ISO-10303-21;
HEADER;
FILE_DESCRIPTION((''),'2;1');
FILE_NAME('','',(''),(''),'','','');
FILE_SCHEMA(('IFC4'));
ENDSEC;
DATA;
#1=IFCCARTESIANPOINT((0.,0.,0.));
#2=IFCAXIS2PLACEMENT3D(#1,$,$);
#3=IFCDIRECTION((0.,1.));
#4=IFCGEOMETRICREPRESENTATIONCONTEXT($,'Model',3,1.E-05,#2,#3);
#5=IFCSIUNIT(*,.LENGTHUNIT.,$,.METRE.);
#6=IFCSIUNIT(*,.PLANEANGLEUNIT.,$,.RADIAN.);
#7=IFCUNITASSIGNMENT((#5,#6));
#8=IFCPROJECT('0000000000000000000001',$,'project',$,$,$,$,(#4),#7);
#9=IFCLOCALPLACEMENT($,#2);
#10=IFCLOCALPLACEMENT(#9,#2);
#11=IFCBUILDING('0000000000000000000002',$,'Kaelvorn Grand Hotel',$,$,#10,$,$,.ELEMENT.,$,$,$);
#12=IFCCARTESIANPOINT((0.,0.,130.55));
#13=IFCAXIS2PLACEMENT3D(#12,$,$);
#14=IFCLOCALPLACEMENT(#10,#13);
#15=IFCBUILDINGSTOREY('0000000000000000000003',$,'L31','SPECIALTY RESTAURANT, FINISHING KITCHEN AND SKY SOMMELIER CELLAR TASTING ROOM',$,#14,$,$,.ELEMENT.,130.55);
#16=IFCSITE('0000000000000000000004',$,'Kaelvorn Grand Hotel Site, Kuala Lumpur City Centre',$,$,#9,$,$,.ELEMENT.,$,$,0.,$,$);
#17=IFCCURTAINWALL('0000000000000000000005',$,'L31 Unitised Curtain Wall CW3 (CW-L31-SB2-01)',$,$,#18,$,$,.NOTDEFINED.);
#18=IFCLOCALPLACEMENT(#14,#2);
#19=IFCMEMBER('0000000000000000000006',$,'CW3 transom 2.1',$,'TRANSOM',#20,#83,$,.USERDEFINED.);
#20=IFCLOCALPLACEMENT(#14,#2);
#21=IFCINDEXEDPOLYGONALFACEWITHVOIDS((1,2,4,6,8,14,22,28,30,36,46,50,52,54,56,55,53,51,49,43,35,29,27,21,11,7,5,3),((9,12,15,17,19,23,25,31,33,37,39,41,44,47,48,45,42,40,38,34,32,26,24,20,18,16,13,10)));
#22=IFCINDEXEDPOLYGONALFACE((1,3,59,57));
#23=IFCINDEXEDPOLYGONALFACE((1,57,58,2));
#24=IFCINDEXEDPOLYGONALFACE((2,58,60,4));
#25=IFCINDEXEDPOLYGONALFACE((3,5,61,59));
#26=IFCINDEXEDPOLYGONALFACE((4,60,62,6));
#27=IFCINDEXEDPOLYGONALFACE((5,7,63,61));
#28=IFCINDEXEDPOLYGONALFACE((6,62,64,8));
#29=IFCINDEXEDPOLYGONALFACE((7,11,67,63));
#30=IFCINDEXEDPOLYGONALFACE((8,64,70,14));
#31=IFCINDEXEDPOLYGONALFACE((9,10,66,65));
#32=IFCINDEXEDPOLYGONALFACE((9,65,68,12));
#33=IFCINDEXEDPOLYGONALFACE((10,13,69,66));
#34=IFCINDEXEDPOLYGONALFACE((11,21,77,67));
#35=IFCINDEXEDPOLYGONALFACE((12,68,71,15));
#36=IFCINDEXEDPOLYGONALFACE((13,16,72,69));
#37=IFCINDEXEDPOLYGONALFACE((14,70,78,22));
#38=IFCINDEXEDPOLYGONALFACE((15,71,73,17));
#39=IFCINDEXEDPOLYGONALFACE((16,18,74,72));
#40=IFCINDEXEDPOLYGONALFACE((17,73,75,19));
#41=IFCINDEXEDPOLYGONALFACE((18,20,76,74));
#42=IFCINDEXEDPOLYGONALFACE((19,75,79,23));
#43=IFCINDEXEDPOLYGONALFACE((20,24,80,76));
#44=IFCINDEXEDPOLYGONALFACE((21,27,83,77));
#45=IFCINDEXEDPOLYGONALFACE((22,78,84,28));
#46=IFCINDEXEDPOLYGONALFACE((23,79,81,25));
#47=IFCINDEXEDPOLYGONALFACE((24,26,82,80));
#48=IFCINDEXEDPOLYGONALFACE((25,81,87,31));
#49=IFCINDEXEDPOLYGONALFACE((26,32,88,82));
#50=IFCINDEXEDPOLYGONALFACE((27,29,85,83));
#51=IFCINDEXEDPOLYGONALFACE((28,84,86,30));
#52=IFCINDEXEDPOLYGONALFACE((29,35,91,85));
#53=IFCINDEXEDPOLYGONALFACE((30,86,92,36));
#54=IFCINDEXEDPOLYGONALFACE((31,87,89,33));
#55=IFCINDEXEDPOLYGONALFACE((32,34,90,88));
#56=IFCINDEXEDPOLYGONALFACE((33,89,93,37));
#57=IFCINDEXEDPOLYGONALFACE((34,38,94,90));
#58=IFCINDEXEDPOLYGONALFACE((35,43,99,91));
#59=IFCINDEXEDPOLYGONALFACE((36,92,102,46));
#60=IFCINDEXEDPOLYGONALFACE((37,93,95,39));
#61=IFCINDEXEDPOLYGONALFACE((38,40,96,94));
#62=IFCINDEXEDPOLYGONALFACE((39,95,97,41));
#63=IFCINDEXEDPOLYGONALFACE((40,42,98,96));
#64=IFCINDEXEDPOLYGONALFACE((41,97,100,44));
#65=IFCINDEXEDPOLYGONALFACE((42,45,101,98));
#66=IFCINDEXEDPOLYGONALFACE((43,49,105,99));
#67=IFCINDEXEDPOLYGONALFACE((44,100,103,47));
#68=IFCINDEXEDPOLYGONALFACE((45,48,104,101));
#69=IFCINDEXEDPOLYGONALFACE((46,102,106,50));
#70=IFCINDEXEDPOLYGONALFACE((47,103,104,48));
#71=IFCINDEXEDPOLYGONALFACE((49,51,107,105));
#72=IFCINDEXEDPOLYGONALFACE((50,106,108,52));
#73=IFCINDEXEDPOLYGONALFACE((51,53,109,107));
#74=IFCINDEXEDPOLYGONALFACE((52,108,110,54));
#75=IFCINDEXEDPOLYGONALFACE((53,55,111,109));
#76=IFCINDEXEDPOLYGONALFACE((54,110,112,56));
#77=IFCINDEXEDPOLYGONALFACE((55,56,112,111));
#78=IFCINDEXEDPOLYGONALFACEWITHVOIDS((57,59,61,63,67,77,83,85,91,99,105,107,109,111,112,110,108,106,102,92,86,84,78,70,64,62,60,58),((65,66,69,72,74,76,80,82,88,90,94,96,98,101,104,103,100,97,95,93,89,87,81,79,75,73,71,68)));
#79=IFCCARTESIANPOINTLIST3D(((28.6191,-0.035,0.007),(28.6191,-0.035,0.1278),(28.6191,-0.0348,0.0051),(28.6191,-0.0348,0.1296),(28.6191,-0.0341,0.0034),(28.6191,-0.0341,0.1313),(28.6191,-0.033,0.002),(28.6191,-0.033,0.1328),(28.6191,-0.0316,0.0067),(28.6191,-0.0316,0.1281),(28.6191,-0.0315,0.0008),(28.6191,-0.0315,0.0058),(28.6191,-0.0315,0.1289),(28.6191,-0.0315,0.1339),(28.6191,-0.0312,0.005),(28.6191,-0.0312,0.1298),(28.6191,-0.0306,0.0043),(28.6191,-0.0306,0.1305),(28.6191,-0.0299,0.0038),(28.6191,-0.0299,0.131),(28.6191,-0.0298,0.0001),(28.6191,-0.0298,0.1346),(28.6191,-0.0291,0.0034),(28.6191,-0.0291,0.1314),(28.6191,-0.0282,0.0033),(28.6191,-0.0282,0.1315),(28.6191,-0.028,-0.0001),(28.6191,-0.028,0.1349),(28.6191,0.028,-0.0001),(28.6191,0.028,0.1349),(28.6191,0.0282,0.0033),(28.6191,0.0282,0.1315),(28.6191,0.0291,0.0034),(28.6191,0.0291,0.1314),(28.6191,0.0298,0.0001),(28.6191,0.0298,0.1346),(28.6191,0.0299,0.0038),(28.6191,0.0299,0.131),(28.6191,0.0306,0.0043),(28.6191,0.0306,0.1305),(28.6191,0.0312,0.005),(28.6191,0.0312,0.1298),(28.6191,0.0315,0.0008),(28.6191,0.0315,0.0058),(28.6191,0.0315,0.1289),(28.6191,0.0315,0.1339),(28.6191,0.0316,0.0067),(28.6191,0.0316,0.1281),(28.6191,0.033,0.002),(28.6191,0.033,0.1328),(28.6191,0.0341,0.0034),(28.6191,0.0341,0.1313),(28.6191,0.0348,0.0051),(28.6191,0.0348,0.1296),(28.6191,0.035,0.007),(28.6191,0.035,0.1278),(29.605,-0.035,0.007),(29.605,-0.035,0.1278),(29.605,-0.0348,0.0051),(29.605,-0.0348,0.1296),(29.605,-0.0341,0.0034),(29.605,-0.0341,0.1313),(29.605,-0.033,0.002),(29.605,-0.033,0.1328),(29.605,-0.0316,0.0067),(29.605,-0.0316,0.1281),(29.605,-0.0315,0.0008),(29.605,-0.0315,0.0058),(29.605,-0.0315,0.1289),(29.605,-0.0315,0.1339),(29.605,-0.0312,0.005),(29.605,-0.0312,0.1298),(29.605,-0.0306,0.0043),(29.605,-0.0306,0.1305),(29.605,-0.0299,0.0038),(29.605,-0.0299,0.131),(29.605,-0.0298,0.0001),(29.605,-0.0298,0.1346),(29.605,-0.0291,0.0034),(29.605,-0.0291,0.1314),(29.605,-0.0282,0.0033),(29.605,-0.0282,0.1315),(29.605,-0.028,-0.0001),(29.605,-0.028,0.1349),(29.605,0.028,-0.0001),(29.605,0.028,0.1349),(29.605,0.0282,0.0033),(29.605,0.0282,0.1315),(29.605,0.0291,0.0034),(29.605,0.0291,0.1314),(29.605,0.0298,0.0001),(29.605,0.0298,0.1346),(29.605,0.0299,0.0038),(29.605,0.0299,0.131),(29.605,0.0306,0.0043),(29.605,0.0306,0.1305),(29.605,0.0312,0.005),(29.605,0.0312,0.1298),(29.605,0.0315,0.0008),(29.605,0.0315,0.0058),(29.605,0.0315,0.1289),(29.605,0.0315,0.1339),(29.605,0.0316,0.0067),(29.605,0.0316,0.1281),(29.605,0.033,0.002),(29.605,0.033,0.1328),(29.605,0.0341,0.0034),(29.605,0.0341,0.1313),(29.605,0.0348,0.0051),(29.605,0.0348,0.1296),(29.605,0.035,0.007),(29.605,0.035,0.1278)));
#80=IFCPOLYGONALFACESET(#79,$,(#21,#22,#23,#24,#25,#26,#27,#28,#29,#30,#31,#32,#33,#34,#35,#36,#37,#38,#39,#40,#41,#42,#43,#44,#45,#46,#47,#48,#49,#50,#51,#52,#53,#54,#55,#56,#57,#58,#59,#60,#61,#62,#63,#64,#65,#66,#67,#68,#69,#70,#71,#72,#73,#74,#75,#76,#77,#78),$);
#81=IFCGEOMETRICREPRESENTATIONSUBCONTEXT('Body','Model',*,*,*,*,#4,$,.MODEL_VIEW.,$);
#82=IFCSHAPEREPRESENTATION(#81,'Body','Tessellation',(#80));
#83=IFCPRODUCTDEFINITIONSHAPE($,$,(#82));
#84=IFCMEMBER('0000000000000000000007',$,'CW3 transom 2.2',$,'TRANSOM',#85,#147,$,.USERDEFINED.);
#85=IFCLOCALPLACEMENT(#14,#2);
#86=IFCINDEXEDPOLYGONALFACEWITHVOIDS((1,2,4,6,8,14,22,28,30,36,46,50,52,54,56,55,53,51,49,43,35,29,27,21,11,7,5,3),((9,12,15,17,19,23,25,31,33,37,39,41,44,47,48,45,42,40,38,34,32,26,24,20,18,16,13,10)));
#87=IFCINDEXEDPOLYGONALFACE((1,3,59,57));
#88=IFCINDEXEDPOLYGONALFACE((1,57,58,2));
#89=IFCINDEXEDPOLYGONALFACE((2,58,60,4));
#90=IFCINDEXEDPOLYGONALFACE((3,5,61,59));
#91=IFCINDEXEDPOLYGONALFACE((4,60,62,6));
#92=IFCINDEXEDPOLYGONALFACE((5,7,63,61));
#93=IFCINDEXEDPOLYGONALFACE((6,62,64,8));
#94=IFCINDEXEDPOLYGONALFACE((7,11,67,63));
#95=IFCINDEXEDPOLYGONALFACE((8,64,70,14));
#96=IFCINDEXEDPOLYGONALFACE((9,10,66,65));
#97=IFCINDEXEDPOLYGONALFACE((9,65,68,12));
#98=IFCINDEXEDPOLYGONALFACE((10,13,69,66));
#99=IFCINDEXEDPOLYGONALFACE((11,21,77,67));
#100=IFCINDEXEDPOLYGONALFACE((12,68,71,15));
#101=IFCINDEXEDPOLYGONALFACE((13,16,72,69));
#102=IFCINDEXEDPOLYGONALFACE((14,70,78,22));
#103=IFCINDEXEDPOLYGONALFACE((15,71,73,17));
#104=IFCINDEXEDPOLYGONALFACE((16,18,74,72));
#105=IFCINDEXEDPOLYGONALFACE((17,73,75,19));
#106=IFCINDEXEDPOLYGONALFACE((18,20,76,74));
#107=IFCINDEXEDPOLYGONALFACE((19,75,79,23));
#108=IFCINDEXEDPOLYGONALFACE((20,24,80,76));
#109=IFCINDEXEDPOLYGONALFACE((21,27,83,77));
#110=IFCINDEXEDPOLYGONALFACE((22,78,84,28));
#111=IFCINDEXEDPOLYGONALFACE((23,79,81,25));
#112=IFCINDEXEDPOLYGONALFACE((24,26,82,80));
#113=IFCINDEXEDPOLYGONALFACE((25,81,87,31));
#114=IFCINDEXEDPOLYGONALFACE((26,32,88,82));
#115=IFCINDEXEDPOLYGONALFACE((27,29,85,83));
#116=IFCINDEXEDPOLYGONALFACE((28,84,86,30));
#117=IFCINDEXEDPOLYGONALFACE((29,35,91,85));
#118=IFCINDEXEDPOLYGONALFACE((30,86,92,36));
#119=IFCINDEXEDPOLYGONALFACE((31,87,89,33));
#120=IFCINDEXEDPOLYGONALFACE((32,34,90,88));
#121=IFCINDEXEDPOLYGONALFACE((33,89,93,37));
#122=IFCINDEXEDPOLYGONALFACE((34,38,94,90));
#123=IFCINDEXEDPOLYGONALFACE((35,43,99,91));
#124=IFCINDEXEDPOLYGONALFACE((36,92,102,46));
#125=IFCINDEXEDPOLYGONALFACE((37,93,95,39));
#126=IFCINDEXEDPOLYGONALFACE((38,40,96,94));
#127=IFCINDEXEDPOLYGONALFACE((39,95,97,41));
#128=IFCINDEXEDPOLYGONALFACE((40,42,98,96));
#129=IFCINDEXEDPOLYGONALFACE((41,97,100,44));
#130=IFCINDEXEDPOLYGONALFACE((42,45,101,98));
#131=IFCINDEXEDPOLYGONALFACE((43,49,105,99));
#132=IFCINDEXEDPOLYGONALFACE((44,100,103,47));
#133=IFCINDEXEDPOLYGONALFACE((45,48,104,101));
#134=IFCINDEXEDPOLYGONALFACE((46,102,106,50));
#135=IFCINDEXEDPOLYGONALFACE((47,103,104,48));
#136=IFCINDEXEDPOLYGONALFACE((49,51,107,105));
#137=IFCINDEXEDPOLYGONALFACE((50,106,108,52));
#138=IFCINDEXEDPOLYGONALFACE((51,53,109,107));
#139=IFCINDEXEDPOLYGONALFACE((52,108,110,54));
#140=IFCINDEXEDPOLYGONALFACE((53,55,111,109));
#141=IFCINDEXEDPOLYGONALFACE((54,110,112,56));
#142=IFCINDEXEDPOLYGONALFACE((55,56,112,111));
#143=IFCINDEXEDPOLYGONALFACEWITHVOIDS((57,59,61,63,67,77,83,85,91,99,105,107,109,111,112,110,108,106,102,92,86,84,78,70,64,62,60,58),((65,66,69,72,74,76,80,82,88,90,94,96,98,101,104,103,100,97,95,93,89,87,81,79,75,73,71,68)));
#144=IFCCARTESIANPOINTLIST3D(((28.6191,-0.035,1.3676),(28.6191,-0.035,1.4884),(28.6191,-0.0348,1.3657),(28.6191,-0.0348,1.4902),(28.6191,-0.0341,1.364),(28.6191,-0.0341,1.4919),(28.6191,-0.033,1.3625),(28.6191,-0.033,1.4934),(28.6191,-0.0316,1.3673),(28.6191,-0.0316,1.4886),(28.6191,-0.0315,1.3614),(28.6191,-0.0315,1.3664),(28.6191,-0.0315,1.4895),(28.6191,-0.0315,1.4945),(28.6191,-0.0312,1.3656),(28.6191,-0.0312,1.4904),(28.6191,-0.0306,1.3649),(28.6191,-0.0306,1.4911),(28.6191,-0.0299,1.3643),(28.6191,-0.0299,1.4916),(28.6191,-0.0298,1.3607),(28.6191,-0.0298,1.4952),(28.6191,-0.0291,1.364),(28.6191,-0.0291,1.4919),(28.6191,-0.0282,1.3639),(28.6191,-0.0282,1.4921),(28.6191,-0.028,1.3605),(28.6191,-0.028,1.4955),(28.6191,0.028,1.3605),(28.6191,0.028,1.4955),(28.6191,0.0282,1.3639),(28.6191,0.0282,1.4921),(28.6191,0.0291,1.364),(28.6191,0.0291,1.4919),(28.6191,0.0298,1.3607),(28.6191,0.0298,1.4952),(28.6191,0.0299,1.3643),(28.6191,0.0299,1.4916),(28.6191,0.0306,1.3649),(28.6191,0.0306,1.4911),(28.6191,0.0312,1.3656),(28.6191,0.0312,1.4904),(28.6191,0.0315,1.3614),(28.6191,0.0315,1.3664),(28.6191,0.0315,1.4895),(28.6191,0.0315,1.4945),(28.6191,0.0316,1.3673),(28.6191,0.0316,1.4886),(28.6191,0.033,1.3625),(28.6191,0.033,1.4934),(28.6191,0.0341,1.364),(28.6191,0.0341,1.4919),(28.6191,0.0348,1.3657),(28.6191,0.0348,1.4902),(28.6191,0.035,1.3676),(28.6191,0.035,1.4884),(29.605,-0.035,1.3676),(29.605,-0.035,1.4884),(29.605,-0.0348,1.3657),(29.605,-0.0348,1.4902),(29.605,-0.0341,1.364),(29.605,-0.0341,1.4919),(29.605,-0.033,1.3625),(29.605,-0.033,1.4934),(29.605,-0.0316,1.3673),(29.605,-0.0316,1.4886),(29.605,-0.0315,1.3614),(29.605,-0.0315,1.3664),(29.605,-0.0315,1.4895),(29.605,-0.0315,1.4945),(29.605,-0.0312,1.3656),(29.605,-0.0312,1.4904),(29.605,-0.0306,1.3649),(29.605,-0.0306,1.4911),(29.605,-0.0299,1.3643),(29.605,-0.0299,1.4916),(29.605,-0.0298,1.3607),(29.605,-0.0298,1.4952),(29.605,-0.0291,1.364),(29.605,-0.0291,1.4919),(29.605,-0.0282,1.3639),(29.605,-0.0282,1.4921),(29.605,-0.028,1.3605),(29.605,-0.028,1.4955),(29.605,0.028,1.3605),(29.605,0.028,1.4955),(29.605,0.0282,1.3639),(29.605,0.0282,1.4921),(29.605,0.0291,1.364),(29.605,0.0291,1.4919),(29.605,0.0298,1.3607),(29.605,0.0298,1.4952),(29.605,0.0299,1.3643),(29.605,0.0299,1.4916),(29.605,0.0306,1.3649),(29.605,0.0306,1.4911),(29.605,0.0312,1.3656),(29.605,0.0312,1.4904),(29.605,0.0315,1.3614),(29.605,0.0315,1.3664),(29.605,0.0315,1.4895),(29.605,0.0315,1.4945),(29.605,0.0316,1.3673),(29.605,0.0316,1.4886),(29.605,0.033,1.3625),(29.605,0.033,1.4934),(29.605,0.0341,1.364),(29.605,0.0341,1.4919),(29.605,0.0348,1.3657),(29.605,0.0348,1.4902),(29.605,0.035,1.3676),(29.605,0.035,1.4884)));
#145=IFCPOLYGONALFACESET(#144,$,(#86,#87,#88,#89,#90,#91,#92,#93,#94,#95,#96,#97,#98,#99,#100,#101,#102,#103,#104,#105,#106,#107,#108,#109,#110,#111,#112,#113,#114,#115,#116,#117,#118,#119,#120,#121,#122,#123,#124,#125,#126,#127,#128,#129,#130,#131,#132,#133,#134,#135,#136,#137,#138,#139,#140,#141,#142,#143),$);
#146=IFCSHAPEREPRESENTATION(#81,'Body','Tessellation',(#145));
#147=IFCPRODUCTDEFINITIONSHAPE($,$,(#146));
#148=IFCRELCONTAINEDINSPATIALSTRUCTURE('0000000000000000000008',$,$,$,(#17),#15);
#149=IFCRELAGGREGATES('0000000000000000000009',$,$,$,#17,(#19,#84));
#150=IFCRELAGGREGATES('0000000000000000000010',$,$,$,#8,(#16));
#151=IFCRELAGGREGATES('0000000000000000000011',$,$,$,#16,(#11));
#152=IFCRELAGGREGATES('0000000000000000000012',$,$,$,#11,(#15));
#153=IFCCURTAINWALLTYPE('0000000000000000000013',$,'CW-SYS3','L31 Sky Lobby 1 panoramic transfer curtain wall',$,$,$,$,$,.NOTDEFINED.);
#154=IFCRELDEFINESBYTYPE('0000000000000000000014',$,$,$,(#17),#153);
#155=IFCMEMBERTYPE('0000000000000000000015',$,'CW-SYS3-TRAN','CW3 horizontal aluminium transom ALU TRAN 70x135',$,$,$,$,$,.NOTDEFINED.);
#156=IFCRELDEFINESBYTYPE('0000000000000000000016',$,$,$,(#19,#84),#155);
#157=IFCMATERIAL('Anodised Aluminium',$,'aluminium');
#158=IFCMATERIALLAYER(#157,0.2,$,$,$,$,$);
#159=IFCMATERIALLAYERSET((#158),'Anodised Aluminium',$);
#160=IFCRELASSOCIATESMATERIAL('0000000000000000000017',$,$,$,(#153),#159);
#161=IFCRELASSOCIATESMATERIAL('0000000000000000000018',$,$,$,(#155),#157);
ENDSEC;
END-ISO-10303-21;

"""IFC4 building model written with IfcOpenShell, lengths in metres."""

from ifc_helpers import new_model, si_unit, direction, frame, origin, origin_2d, place, context, subcontext, project, spatial, hollow_rectangle, extrude, material, layer, layer_set, material_profile, profile_set, type_object, element, aggregate, save


model = new_model("IFC4")

# Units and contexts
model_context = context("Model", 3, precision=1e-05, world=origin(), true_north=direction((0.0, 1.0)))
body_context = subcontext(model_context, "Body", "Model", "MODEL_VIEW")
ifc_project = project(units=[si_unit("LENGTHUNIT", "METRE"), si_unit("PLANEANGLEUNIT", "RADIAN")], contexts=[model_context])

# Site, building, storey
site_placement = place(None, origin())
site = spatial("IfcSite", under=ifc_project, at=site_placement, Name="Kaelvorn Grand Hotel Site, Kuala Lumpur City Centre", CompositionType="ELEMENT", RefElevation=0.0)
building_placement = place(site_placement, origin())
building = spatial("IfcBuilding", under=site, at=building_placement, Name="Kaelvorn Grand Hotel", CompositionType="ELEMENT")
storey_placement = place(building_placement, frame((0.0, 0.0, 130.55)))
storey = spatial("IfcBuildingStorey", under=building, at=storey_placement, Name="L31", Description="SPECIALTY RESTAURANT, FINISHING KITCHEN AND SKY SOMMELIER CELLAR TASTING ROOM", CompositionType="ELEMENT", Elevation=130.55)

# Shared definitions
ifc_material_1 = material(Name="Anodised Aluminium", Category="aluminium")
ifc_layer_1 = layer(ifc_material_1, 0.2)
ifc_layer_set_1 = layer_set([ifc_layer_1], Name="Anodised Aluminium")
curtain_wall_type = type_object("IfcCurtainWallType", Name="CW-SYS3", Description="L31 Sky Lobby 1 panoramic transfer curtain wall", PredefinedType="NOTDEFINED", material=ifc_layer_set_1)

# Curtain wall, members
curtain_wall_1_placement = place(storey_placement, origin())
curtain_wall_1 = element("IfcCurtainWall", 1, at=curtain_wall_1_placement, inside=storey, type_object=curtain_wall_type, Name="L31 Unitised Curtain Wall CW3 (CW-L31-SB2-01)", PredefinedType="NOTDEFINED")
ifc_material_profile_1 = material_profile(ifc_material_1, hollow_rectangle(XDim=0.0701, YDim=0.135, WallThickness=0.0034, InnerFilletRadius=0.0034, OuterFilletRadius=0.0071, at=origin_2d()), Name="ALU TRAN 70x135")
ifc_profile_set_1 = profile_set([ifc_material_profile_1], Name="Anodised Aluminium")
member_type_1 = type_object("IfcMemberType", Name="CW-SYS3-TRAN", Description="CW3 horizontal aluminium transom ALU TRAN 70x135", PredefinedType="NOTDEFINED", material=ifc_profile_set_1)
member_1_placement = place(storey_placement, frame((28.6191, 0.0, 0.0674), z_axis=(1.0, 0.0, 0.0), x_axis=(0.0, 1.0, 0.0)))
member_1 = element("IfcMember", 2, at=member_1_placement, type_object=member_type_1, Name="CW3 transom 2.1", ObjectType="TRANSOM", PredefinedType="USERDEFINED", context=body_context, shape_type="SweptSolid", body=[
    extrude(hollow_rectangle(XDim=0.0701, YDim=0.135, WallThickness=0.0034, InnerFilletRadius=0.0034, OuterFilletRadius=0.0071, at=origin_2d()), origin(), (0.0, 0.0, 1.0), 0.9858),
])
member_2_placement = place(storey_placement, frame((28.6191, 0.0, 1.428), z_axis=(1.0, 0.0, 0.0), x_axis=(0.0, 1.0, 0.0)))
member_2 = element("IfcMember", 3, at=member_2_placement, type_object=member_type_1, Name="CW3 transom 2.2", ObjectType="TRANSOM", PredefinedType="USERDEFINED", context=body_context, shape_type="SweptSolid", body=[
    extrude(hollow_rectangle(XDim=0.0701, YDim=0.135, WallThickness=0.0034, InnerFilletRadius=0.0034, OuterFilletRadius=0.0071, at=origin_2d()), origin(), (0.0, 0.0, 1.0), 0.9858),
])

aggregate(curtain_wall_1, [member_1, member_2])

save(model, "model.ifc")
